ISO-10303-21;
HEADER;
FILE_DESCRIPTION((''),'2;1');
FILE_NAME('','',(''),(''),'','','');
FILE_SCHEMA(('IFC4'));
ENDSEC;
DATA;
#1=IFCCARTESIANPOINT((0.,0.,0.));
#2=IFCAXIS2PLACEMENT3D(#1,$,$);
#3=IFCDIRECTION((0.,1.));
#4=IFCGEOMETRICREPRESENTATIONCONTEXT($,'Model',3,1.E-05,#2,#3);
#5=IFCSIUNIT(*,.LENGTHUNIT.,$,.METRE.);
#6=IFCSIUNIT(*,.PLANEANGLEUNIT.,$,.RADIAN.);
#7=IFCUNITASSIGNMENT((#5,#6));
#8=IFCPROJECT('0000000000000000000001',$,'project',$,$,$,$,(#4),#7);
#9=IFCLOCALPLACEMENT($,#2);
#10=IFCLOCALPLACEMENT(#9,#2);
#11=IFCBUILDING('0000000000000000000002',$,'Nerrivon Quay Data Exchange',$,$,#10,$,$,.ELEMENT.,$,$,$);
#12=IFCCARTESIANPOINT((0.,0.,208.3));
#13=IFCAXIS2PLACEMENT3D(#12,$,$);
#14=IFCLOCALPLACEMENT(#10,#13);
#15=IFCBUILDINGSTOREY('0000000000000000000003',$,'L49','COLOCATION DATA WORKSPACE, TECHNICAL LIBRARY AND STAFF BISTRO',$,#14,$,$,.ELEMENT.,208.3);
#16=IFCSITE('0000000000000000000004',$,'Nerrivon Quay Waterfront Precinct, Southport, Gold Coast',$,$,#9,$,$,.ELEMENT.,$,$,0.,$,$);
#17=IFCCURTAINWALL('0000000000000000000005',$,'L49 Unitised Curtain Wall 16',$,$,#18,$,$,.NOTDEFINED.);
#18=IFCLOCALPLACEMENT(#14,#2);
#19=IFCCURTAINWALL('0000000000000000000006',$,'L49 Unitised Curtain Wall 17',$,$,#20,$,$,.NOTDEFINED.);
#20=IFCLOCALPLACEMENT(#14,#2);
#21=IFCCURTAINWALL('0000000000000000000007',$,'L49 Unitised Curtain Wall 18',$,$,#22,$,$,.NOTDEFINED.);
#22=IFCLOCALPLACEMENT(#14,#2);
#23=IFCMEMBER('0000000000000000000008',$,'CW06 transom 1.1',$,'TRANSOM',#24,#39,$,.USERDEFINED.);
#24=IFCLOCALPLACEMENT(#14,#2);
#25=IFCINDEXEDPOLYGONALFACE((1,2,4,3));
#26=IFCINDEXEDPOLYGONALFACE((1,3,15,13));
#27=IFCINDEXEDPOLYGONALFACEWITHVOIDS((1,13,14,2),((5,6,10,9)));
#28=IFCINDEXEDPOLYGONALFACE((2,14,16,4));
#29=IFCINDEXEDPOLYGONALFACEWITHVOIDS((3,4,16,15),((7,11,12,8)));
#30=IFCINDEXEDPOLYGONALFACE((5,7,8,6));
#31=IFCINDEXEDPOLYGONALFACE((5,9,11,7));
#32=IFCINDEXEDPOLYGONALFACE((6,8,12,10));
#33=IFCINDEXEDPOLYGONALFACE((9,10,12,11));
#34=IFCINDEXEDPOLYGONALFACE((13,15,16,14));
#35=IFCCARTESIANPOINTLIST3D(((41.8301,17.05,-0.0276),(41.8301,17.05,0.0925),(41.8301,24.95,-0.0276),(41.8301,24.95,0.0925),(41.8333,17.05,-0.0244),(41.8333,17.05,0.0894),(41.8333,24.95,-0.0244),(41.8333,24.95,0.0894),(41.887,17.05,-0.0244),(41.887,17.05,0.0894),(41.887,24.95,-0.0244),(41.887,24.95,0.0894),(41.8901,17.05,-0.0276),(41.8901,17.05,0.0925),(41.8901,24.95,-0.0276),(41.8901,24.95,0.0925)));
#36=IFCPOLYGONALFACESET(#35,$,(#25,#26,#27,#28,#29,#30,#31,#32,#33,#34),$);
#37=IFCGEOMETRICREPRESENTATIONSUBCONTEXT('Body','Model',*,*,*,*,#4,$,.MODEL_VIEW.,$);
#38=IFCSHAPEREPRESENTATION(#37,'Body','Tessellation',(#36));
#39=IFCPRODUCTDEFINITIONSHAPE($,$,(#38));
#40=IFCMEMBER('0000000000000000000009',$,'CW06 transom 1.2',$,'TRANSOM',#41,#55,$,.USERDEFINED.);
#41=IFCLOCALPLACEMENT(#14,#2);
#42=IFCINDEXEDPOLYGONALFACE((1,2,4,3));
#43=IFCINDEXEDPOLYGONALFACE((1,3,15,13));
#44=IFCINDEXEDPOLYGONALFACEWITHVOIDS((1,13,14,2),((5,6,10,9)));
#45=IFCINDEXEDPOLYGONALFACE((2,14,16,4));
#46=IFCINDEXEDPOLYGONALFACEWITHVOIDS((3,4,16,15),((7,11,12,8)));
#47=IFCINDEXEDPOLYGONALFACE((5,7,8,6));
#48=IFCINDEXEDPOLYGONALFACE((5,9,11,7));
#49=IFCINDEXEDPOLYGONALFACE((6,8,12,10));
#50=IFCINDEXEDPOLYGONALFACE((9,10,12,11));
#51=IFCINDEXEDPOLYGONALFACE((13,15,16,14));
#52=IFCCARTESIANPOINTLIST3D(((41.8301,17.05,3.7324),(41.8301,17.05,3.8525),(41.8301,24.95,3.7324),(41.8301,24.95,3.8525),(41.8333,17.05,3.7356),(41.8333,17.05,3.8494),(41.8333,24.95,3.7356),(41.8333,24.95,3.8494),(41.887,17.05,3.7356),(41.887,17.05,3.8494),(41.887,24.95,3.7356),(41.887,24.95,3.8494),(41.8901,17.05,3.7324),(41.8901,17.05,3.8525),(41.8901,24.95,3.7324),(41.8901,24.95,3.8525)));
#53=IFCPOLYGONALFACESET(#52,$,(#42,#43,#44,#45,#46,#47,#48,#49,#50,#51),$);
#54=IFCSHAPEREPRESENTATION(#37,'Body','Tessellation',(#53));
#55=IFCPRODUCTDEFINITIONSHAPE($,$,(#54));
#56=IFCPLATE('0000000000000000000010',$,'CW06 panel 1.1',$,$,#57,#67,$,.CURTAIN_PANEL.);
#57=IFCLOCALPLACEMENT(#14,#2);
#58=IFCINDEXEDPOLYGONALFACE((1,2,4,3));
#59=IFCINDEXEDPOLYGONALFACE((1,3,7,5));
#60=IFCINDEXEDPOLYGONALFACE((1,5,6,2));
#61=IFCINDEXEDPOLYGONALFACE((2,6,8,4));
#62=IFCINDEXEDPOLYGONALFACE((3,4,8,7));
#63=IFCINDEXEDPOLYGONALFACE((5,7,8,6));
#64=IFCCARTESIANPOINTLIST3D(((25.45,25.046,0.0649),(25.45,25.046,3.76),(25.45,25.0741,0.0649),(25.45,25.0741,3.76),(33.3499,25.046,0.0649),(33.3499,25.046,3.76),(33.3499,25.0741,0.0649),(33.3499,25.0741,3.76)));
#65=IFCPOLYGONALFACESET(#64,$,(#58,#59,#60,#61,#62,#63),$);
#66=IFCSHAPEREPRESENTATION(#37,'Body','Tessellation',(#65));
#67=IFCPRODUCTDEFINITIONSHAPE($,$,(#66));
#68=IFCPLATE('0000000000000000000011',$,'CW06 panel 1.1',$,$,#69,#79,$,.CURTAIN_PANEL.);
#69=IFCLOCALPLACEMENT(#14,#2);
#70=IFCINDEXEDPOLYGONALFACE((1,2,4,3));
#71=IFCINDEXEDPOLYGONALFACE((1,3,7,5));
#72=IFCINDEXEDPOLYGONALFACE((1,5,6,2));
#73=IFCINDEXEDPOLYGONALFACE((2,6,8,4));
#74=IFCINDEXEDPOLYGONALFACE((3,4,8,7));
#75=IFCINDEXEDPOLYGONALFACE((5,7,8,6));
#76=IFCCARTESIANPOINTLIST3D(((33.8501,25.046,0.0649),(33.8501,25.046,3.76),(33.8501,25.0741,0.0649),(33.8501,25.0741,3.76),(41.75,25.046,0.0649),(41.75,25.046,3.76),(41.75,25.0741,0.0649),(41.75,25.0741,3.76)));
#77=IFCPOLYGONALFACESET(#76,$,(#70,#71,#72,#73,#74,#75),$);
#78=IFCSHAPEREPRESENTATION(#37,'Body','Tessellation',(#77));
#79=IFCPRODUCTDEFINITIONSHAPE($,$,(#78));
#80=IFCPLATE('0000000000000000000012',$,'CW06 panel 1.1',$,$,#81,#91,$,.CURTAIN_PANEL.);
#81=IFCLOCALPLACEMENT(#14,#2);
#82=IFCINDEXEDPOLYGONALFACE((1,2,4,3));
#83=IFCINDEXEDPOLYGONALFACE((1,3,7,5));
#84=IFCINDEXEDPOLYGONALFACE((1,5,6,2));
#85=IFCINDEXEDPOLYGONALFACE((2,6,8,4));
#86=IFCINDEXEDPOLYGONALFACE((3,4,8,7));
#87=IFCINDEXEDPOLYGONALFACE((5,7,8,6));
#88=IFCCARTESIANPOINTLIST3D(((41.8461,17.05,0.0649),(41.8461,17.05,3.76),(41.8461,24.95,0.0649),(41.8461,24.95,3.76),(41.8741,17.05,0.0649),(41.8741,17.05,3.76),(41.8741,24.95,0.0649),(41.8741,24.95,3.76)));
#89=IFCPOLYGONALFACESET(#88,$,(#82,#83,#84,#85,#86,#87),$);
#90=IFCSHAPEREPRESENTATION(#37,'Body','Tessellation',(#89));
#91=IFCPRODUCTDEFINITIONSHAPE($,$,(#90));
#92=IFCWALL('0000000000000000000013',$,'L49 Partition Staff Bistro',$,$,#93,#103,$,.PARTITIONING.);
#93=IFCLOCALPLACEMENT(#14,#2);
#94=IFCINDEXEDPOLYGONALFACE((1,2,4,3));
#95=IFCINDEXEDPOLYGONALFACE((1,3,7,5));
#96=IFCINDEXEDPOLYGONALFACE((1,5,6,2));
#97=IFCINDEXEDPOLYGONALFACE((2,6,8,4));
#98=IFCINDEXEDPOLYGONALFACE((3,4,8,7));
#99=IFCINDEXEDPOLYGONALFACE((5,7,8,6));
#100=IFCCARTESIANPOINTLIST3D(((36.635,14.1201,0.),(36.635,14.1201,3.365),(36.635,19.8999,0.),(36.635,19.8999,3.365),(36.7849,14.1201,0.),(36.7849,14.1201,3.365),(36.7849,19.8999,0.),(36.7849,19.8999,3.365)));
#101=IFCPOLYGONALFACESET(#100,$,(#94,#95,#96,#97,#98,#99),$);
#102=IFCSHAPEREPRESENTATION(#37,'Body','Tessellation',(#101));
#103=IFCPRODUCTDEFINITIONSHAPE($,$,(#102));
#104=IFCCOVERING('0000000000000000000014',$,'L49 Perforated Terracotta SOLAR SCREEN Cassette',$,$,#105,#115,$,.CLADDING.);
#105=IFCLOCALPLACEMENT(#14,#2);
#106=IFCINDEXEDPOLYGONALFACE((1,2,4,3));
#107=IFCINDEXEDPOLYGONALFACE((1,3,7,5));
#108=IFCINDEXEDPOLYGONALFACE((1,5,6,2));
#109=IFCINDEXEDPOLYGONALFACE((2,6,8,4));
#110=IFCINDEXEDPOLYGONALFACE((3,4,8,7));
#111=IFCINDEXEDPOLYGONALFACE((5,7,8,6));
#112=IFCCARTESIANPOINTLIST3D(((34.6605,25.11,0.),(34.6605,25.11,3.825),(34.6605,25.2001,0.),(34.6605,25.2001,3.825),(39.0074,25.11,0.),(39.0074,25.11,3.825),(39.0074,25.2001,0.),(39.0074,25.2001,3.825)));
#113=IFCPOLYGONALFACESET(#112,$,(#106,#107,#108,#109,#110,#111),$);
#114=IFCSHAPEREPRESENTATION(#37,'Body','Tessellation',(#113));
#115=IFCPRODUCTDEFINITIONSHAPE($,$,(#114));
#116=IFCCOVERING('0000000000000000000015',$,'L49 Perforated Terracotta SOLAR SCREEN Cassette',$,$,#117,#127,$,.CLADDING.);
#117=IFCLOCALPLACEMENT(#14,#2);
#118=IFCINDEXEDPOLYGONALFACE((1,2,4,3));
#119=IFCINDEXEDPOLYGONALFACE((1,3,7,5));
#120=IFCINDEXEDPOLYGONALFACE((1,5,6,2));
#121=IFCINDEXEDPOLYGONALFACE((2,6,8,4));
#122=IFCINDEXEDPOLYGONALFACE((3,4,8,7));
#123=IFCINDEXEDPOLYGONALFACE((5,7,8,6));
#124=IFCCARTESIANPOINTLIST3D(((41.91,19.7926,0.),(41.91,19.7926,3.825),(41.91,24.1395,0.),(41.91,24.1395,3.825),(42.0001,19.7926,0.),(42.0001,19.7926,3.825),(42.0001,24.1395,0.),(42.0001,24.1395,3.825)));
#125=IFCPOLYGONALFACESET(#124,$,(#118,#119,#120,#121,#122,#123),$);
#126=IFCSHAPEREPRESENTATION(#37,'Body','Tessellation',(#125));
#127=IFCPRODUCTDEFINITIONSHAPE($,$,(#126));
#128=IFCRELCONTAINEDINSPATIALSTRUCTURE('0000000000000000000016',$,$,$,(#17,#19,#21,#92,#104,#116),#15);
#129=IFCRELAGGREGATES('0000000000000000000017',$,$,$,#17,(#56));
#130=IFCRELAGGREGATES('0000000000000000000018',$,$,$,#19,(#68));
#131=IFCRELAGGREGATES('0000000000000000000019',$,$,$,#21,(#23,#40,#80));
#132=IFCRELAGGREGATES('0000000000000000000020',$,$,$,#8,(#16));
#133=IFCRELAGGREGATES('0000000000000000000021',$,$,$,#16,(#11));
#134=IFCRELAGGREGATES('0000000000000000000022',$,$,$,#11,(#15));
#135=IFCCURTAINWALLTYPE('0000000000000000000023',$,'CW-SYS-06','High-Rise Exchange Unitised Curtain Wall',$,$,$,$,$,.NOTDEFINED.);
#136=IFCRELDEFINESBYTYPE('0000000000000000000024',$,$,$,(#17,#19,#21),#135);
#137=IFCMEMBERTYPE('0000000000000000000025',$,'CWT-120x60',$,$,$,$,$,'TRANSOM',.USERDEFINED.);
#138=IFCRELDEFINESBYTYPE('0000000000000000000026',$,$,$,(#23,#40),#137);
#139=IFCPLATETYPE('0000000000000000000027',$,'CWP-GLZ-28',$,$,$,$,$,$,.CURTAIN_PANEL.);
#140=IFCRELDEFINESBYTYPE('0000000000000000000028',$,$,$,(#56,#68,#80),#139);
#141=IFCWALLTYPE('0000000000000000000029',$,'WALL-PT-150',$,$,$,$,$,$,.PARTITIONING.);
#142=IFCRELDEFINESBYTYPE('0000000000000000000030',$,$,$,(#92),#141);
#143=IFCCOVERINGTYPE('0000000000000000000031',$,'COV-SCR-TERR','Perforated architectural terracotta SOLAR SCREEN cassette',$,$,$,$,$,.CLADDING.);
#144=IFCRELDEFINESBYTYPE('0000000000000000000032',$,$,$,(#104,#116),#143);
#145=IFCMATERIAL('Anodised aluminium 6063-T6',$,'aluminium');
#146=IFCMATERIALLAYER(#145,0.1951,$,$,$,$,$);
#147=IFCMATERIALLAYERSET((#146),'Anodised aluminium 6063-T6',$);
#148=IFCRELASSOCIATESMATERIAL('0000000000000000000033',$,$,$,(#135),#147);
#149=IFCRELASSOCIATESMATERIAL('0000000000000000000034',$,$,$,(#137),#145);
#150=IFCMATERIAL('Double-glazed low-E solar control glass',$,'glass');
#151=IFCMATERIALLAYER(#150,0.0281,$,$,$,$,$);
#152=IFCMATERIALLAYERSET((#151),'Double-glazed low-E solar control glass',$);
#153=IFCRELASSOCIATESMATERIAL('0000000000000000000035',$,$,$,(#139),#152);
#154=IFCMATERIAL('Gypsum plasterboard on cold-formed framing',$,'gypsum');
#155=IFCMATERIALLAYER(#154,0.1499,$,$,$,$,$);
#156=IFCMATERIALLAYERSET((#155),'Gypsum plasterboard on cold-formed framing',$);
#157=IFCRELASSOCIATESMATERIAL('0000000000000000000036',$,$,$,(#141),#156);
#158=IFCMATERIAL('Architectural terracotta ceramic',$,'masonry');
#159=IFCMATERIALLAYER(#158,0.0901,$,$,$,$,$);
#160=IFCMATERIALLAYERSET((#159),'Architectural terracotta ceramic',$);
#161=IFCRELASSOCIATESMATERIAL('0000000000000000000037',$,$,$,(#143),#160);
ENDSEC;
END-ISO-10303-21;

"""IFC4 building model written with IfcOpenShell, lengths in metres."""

from ifc_helpers import new_model, si_unit, direction, frame, frame_2d, origin, origin_2d, place, context, subcontext, project, spatial, rectangle, hollow_rectangle, extrude, material, layer, layer_set, material_profile, profile_set, type_object, element, aggregate, save


model = new_model("IFC4")

# Units and contexts
model_context = context("Model", 3, precision=1e-05, world=origin(), true_north=direction((0.0, 1.0)))
body_context = subcontext(model_context, "Body", "Model", "MODEL_VIEW")
ifc_project = project(units=[si_unit("LENGTHUNIT", "METRE"), si_unit("PLANEANGLEUNIT", "RADIAN")], contexts=[model_context])

# Site, building, storey
site_placement = place(None, origin())
site = spatial("IfcSite", under=ifc_project, at=site_placement, Name="Nerrivon Quay Waterfront Precinct, Southport, Gold Coast", CompositionType="ELEMENT", RefElevation=0.0)
building_placement = place(site_placement, origin())
building = spatial("IfcBuilding", under=site, at=building_placement, Name="Nerrivon Quay Data Exchange", CompositionType="ELEMENT")
storey_placement = place(building_placement, frame((0.0, 0.0, 208.3)))
storey = spatial("IfcBuildingStorey", under=building, at=storey_placement, Name="L49", Description="COLOCATION DATA WORKSPACE, TECHNICAL LIBRARY AND STAFF BISTRO", CompositionType="ELEMENT", Elevation=208.3)

# Curtain wall
ifc_material_1 = material(Name="Anodised aluminium 6063-T6", Category="aluminium")
ifc_layer_1 = layer(ifc_material_1, 0.1951)
ifc_layer_set_1 = layer_set([ifc_layer_1], Name="Anodised aluminium 6063-T6")
curtain_wall_type = type_object("IfcCurtainWallType", Name="CW-SYS-06", Description="High-Rise Exchange Unitised Curtain Wall", PredefinedType="NOTDEFINED", material=ifc_layer_set_1)
curtain_wall_1_placement = place(storey_placement, origin())
curtain_wall_1 = element("IfcCurtainWall", 1, at=curtain_wall_1_placement, inside=storey, type_object=curtain_wall_type, Name="L49 Unitised Curtain Wall 16", PredefinedType="NOTDEFINED")

# Curtain walls
curtain_wall_2_placement = place(storey_placement, origin())
curtain_wall_2 = element("IfcCurtainWall", 2, at=curtain_wall_2_placement, inside=storey, type_object=curtain_wall_type, Name="L49 Unitised Curtain Wall 17", PredefinedType="NOTDEFINED")
curtain_wall_3_placement = place(storey_placement, origin())
curtain_wall_3 = element("IfcCurtainWall", 3, at=curtain_wall_3_placement, inside=storey, type_object=curtain_wall_type, Name="L49 Unitised Curtain Wall 18", PredefinedType="NOTDEFINED")

# Members
ifc_material_profile_1 = material_profile(ifc_material_1, hollow_rectangle(XDim=0.0601, YDim=0.1201, WallThickness=0.0032, at=origin_2d()), Name="ALU-TRAN-120x60")
ifc_profile_set_1 = profile_set([ifc_material_profile_1], Name="Anodised aluminium 6063-T6")
member_type_1 = type_object("IfcMemberType", Name="CWT-120x60", ElementType="TRANSOM", PredefinedType="USERDEFINED", material=ifc_profile_set_1)
member_1_placement = place(storey_placement, frame((41.8601, 24.95, 0.0325), z_axis=(0.0, -1.0, 0.0), x_axis=(1.0, 0.0, 0.0)))
member_1 = element("IfcMember", 4, at=member_1_placement, type_object=member_type_1, Name="CW06 transom 1.1", ObjectType="TRANSOM", PredefinedType="USERDEFINED", context=body_context, shape_type="SweptSolid", body=[
    extrude(hollow_rectangle(XDim=0.0601, YDim=0.1201, WallThickness=0.0032, at=origin_2d()), origin(), (0.0, 0.0, 1.0), 7.8999),
])
member_2_placement = place(storey_placement, frame((41.8601, 24.95, 3.7925), z_axis=(0.0, -1.0, 0.0), x_axis=(1.0, 0.0, 0.0)))
member_2 = element("IfcMember", 5, at=member_2_placement, type_object=member_type_1, Name="CW06 transom 1.2", ObjectType="TRANSOM", PredefinedType="USERDEFINED", context=body_context, shape_type="SweptSolid", body=[
    extrude(hollow_rectangle(XDim=0.0601, YDim=0.1201, WallThickness=0.0032, at=origin_2d()), origin(), (0.0, 0.0, 1.0), 7.8999),
])

# Plates
ifc_material_2 = material(Name="Double-glazed low-E solar control glass", Category="glass")
ifc_layer_2 = layer(ifc_material_2, 0.0281)
ifc_layer_set_2 = layer_set([ifc_layer_2], Name="Double-glazed low-E solar control glass")
plate_type = type_object("IfcPlateType", Name="CWP-GLZ-28", PredefinedType="CURTAIN_PANEL", material=ifc_layer_set_2)
plate_1_placement = place(storey_placement, frame((29.3999, 25.0601, 0.0649), z_axis=(0.0, 0.0, 1.0), x_axis=(1.0, 0.0, 0.0)))
plate_1 = element("IfcPlate", 6, at=plate_1_placement, type_object=plate_type, Name="CW06 panel 1.1", PredefinedType="CURTAIN_PANEL", context=body_context, shape_type="SweptSolid", body=[
    extrude(rectangle(XDim=7.8999, YDim=0.0281, at=origin_2d()), origin(), (0.0, 0.0, 1.0), 3.6951),
])
aggregate(curtain_wall_1, [plate_1])
plate_2_placement = place(storey_placement, frame((37.8, 25.0601, 0.0649), z_axis=(0.0, 0.0, 1.0), x_axis=(1.0, 0.0, 0.0)))
plate_2 = element("IfcPlate", 7, at=plate_2_placement, type_object=plate_type, Name="CW06 panel 1.1", PredefinedType="CURTAIN_PANEL", context=body_context, shape_type="SweptSolid", body=[
    extrude(rectangle(XDim=7.8999, YDim=0.0281, at=origin_2d()), origin(), (0.0, 0.0, 1.0), 3.6951),
])
aggregate(curtain_wall_2, [plate_2])
plate_3_placement = place(storey_placement, frame((41.8601, 21.0, 0.0649), z_axis=(0.0, 0.0, 1.0), x_axis=(0.0, -1.0, 0.0)))
plate_3 = element("IfcPlate", 8, at=plate_3_placement, type_object=plate_type, Name="CW06 panel 1.1", PredefinedType="CURTAIN_PANEL", context=body_context, shape_type="SweptSolid", body=[
    extrude(rectangle(XDim=7.8999, YDim=0.0281, at=origin_2d()), origin(), (0.0, 0.0, 1.0), 3.6951),
])
aggregate(curtain_wall_3, [member_1, member_2, plate_3])

# Wall
ifc_material_3 = material(Name="Gypsum plasterboard on cold-formed framing", Category="gypsum")
ifc_layer_3 = layer(ifc_material_3, 0.1499)
ifc_layer_set_3 = layer_set([ifc_layer_3], Name="Gypsum plasterboard on cold-formed framing")
wall_type = type_object("IfcWallType", Name="WALL-PT-150", PredefinedType="PARTITIONING", material=ifc_layer_set_3)
wall_placement = place(storey_placement, frame((36.71, 19.8999, 0.0), z_axis=(0.0, 0.0, 1.0), x_axis=(0.0, -1.0, 0.0)))
element("IfcWall", 9, at=wall_placement, inside=storey, type_object=wall_type, Name="L49 Partition Staff Bistro", PredefinedType="PARTITIONING", context=body_context, shape_type="SweptSolid", body=[
    extrude(rectangle(XDim=5.7798, YDim=0.1499, at=frame_2d((2.8899, 0.0))), origin(), (0.0, 0.0, 1.0), 3.365),
])

# Coverings
ifc_material_4 = material(Name="Architectural terracotta ceramic", Category="masonry")
ifc_layer_4 = layer(ifc_material_4, 0.0901)
ifc_layer_set_4 = layer_set([ifc_layer_4], Name="Architectural terracotta ceramic")
covering_type = type_object("IfcCoveringType", Name="COV-SCR-TERR", Description="Perforated architectural terracotta SOLAR SCREEN cassette", PredefinedType="CLADDING", material=ifc_layer_set_4)
for number, where, z_axis, x_axis, name in (
    (10, (36.834, 25.155, 0.0), (0.0, 0.0, 1.0), (1.0, 0.0, 0.0), "L49 Perforated Terracotta SOLAR SCREEN Cassette"),
    (11, (41.9551, 21.9661, 0.0), (0.0, 0.0, 1.0), (0.0, -1.0, 0.0), "L49 Perforated Terracotta SOLAR SCREEN Cassette"),
):
    element("IfcCovering", number, at=place(storey_placement, frame(where, z_axis=z_axis, x_axis=x_axis)), inside=storey, type_object=covering_type, Name=name, PredefinedType="CLADDING", context=body_context, shape_type="SweptSolid", body=[
        extrude(rectangle(XDim=4.3469, YDim=0.0901, at=origin_2d()), origin(), (0.0, 0.0, 1.0), 3.825),
    ])

save(model, "model.ifc")
